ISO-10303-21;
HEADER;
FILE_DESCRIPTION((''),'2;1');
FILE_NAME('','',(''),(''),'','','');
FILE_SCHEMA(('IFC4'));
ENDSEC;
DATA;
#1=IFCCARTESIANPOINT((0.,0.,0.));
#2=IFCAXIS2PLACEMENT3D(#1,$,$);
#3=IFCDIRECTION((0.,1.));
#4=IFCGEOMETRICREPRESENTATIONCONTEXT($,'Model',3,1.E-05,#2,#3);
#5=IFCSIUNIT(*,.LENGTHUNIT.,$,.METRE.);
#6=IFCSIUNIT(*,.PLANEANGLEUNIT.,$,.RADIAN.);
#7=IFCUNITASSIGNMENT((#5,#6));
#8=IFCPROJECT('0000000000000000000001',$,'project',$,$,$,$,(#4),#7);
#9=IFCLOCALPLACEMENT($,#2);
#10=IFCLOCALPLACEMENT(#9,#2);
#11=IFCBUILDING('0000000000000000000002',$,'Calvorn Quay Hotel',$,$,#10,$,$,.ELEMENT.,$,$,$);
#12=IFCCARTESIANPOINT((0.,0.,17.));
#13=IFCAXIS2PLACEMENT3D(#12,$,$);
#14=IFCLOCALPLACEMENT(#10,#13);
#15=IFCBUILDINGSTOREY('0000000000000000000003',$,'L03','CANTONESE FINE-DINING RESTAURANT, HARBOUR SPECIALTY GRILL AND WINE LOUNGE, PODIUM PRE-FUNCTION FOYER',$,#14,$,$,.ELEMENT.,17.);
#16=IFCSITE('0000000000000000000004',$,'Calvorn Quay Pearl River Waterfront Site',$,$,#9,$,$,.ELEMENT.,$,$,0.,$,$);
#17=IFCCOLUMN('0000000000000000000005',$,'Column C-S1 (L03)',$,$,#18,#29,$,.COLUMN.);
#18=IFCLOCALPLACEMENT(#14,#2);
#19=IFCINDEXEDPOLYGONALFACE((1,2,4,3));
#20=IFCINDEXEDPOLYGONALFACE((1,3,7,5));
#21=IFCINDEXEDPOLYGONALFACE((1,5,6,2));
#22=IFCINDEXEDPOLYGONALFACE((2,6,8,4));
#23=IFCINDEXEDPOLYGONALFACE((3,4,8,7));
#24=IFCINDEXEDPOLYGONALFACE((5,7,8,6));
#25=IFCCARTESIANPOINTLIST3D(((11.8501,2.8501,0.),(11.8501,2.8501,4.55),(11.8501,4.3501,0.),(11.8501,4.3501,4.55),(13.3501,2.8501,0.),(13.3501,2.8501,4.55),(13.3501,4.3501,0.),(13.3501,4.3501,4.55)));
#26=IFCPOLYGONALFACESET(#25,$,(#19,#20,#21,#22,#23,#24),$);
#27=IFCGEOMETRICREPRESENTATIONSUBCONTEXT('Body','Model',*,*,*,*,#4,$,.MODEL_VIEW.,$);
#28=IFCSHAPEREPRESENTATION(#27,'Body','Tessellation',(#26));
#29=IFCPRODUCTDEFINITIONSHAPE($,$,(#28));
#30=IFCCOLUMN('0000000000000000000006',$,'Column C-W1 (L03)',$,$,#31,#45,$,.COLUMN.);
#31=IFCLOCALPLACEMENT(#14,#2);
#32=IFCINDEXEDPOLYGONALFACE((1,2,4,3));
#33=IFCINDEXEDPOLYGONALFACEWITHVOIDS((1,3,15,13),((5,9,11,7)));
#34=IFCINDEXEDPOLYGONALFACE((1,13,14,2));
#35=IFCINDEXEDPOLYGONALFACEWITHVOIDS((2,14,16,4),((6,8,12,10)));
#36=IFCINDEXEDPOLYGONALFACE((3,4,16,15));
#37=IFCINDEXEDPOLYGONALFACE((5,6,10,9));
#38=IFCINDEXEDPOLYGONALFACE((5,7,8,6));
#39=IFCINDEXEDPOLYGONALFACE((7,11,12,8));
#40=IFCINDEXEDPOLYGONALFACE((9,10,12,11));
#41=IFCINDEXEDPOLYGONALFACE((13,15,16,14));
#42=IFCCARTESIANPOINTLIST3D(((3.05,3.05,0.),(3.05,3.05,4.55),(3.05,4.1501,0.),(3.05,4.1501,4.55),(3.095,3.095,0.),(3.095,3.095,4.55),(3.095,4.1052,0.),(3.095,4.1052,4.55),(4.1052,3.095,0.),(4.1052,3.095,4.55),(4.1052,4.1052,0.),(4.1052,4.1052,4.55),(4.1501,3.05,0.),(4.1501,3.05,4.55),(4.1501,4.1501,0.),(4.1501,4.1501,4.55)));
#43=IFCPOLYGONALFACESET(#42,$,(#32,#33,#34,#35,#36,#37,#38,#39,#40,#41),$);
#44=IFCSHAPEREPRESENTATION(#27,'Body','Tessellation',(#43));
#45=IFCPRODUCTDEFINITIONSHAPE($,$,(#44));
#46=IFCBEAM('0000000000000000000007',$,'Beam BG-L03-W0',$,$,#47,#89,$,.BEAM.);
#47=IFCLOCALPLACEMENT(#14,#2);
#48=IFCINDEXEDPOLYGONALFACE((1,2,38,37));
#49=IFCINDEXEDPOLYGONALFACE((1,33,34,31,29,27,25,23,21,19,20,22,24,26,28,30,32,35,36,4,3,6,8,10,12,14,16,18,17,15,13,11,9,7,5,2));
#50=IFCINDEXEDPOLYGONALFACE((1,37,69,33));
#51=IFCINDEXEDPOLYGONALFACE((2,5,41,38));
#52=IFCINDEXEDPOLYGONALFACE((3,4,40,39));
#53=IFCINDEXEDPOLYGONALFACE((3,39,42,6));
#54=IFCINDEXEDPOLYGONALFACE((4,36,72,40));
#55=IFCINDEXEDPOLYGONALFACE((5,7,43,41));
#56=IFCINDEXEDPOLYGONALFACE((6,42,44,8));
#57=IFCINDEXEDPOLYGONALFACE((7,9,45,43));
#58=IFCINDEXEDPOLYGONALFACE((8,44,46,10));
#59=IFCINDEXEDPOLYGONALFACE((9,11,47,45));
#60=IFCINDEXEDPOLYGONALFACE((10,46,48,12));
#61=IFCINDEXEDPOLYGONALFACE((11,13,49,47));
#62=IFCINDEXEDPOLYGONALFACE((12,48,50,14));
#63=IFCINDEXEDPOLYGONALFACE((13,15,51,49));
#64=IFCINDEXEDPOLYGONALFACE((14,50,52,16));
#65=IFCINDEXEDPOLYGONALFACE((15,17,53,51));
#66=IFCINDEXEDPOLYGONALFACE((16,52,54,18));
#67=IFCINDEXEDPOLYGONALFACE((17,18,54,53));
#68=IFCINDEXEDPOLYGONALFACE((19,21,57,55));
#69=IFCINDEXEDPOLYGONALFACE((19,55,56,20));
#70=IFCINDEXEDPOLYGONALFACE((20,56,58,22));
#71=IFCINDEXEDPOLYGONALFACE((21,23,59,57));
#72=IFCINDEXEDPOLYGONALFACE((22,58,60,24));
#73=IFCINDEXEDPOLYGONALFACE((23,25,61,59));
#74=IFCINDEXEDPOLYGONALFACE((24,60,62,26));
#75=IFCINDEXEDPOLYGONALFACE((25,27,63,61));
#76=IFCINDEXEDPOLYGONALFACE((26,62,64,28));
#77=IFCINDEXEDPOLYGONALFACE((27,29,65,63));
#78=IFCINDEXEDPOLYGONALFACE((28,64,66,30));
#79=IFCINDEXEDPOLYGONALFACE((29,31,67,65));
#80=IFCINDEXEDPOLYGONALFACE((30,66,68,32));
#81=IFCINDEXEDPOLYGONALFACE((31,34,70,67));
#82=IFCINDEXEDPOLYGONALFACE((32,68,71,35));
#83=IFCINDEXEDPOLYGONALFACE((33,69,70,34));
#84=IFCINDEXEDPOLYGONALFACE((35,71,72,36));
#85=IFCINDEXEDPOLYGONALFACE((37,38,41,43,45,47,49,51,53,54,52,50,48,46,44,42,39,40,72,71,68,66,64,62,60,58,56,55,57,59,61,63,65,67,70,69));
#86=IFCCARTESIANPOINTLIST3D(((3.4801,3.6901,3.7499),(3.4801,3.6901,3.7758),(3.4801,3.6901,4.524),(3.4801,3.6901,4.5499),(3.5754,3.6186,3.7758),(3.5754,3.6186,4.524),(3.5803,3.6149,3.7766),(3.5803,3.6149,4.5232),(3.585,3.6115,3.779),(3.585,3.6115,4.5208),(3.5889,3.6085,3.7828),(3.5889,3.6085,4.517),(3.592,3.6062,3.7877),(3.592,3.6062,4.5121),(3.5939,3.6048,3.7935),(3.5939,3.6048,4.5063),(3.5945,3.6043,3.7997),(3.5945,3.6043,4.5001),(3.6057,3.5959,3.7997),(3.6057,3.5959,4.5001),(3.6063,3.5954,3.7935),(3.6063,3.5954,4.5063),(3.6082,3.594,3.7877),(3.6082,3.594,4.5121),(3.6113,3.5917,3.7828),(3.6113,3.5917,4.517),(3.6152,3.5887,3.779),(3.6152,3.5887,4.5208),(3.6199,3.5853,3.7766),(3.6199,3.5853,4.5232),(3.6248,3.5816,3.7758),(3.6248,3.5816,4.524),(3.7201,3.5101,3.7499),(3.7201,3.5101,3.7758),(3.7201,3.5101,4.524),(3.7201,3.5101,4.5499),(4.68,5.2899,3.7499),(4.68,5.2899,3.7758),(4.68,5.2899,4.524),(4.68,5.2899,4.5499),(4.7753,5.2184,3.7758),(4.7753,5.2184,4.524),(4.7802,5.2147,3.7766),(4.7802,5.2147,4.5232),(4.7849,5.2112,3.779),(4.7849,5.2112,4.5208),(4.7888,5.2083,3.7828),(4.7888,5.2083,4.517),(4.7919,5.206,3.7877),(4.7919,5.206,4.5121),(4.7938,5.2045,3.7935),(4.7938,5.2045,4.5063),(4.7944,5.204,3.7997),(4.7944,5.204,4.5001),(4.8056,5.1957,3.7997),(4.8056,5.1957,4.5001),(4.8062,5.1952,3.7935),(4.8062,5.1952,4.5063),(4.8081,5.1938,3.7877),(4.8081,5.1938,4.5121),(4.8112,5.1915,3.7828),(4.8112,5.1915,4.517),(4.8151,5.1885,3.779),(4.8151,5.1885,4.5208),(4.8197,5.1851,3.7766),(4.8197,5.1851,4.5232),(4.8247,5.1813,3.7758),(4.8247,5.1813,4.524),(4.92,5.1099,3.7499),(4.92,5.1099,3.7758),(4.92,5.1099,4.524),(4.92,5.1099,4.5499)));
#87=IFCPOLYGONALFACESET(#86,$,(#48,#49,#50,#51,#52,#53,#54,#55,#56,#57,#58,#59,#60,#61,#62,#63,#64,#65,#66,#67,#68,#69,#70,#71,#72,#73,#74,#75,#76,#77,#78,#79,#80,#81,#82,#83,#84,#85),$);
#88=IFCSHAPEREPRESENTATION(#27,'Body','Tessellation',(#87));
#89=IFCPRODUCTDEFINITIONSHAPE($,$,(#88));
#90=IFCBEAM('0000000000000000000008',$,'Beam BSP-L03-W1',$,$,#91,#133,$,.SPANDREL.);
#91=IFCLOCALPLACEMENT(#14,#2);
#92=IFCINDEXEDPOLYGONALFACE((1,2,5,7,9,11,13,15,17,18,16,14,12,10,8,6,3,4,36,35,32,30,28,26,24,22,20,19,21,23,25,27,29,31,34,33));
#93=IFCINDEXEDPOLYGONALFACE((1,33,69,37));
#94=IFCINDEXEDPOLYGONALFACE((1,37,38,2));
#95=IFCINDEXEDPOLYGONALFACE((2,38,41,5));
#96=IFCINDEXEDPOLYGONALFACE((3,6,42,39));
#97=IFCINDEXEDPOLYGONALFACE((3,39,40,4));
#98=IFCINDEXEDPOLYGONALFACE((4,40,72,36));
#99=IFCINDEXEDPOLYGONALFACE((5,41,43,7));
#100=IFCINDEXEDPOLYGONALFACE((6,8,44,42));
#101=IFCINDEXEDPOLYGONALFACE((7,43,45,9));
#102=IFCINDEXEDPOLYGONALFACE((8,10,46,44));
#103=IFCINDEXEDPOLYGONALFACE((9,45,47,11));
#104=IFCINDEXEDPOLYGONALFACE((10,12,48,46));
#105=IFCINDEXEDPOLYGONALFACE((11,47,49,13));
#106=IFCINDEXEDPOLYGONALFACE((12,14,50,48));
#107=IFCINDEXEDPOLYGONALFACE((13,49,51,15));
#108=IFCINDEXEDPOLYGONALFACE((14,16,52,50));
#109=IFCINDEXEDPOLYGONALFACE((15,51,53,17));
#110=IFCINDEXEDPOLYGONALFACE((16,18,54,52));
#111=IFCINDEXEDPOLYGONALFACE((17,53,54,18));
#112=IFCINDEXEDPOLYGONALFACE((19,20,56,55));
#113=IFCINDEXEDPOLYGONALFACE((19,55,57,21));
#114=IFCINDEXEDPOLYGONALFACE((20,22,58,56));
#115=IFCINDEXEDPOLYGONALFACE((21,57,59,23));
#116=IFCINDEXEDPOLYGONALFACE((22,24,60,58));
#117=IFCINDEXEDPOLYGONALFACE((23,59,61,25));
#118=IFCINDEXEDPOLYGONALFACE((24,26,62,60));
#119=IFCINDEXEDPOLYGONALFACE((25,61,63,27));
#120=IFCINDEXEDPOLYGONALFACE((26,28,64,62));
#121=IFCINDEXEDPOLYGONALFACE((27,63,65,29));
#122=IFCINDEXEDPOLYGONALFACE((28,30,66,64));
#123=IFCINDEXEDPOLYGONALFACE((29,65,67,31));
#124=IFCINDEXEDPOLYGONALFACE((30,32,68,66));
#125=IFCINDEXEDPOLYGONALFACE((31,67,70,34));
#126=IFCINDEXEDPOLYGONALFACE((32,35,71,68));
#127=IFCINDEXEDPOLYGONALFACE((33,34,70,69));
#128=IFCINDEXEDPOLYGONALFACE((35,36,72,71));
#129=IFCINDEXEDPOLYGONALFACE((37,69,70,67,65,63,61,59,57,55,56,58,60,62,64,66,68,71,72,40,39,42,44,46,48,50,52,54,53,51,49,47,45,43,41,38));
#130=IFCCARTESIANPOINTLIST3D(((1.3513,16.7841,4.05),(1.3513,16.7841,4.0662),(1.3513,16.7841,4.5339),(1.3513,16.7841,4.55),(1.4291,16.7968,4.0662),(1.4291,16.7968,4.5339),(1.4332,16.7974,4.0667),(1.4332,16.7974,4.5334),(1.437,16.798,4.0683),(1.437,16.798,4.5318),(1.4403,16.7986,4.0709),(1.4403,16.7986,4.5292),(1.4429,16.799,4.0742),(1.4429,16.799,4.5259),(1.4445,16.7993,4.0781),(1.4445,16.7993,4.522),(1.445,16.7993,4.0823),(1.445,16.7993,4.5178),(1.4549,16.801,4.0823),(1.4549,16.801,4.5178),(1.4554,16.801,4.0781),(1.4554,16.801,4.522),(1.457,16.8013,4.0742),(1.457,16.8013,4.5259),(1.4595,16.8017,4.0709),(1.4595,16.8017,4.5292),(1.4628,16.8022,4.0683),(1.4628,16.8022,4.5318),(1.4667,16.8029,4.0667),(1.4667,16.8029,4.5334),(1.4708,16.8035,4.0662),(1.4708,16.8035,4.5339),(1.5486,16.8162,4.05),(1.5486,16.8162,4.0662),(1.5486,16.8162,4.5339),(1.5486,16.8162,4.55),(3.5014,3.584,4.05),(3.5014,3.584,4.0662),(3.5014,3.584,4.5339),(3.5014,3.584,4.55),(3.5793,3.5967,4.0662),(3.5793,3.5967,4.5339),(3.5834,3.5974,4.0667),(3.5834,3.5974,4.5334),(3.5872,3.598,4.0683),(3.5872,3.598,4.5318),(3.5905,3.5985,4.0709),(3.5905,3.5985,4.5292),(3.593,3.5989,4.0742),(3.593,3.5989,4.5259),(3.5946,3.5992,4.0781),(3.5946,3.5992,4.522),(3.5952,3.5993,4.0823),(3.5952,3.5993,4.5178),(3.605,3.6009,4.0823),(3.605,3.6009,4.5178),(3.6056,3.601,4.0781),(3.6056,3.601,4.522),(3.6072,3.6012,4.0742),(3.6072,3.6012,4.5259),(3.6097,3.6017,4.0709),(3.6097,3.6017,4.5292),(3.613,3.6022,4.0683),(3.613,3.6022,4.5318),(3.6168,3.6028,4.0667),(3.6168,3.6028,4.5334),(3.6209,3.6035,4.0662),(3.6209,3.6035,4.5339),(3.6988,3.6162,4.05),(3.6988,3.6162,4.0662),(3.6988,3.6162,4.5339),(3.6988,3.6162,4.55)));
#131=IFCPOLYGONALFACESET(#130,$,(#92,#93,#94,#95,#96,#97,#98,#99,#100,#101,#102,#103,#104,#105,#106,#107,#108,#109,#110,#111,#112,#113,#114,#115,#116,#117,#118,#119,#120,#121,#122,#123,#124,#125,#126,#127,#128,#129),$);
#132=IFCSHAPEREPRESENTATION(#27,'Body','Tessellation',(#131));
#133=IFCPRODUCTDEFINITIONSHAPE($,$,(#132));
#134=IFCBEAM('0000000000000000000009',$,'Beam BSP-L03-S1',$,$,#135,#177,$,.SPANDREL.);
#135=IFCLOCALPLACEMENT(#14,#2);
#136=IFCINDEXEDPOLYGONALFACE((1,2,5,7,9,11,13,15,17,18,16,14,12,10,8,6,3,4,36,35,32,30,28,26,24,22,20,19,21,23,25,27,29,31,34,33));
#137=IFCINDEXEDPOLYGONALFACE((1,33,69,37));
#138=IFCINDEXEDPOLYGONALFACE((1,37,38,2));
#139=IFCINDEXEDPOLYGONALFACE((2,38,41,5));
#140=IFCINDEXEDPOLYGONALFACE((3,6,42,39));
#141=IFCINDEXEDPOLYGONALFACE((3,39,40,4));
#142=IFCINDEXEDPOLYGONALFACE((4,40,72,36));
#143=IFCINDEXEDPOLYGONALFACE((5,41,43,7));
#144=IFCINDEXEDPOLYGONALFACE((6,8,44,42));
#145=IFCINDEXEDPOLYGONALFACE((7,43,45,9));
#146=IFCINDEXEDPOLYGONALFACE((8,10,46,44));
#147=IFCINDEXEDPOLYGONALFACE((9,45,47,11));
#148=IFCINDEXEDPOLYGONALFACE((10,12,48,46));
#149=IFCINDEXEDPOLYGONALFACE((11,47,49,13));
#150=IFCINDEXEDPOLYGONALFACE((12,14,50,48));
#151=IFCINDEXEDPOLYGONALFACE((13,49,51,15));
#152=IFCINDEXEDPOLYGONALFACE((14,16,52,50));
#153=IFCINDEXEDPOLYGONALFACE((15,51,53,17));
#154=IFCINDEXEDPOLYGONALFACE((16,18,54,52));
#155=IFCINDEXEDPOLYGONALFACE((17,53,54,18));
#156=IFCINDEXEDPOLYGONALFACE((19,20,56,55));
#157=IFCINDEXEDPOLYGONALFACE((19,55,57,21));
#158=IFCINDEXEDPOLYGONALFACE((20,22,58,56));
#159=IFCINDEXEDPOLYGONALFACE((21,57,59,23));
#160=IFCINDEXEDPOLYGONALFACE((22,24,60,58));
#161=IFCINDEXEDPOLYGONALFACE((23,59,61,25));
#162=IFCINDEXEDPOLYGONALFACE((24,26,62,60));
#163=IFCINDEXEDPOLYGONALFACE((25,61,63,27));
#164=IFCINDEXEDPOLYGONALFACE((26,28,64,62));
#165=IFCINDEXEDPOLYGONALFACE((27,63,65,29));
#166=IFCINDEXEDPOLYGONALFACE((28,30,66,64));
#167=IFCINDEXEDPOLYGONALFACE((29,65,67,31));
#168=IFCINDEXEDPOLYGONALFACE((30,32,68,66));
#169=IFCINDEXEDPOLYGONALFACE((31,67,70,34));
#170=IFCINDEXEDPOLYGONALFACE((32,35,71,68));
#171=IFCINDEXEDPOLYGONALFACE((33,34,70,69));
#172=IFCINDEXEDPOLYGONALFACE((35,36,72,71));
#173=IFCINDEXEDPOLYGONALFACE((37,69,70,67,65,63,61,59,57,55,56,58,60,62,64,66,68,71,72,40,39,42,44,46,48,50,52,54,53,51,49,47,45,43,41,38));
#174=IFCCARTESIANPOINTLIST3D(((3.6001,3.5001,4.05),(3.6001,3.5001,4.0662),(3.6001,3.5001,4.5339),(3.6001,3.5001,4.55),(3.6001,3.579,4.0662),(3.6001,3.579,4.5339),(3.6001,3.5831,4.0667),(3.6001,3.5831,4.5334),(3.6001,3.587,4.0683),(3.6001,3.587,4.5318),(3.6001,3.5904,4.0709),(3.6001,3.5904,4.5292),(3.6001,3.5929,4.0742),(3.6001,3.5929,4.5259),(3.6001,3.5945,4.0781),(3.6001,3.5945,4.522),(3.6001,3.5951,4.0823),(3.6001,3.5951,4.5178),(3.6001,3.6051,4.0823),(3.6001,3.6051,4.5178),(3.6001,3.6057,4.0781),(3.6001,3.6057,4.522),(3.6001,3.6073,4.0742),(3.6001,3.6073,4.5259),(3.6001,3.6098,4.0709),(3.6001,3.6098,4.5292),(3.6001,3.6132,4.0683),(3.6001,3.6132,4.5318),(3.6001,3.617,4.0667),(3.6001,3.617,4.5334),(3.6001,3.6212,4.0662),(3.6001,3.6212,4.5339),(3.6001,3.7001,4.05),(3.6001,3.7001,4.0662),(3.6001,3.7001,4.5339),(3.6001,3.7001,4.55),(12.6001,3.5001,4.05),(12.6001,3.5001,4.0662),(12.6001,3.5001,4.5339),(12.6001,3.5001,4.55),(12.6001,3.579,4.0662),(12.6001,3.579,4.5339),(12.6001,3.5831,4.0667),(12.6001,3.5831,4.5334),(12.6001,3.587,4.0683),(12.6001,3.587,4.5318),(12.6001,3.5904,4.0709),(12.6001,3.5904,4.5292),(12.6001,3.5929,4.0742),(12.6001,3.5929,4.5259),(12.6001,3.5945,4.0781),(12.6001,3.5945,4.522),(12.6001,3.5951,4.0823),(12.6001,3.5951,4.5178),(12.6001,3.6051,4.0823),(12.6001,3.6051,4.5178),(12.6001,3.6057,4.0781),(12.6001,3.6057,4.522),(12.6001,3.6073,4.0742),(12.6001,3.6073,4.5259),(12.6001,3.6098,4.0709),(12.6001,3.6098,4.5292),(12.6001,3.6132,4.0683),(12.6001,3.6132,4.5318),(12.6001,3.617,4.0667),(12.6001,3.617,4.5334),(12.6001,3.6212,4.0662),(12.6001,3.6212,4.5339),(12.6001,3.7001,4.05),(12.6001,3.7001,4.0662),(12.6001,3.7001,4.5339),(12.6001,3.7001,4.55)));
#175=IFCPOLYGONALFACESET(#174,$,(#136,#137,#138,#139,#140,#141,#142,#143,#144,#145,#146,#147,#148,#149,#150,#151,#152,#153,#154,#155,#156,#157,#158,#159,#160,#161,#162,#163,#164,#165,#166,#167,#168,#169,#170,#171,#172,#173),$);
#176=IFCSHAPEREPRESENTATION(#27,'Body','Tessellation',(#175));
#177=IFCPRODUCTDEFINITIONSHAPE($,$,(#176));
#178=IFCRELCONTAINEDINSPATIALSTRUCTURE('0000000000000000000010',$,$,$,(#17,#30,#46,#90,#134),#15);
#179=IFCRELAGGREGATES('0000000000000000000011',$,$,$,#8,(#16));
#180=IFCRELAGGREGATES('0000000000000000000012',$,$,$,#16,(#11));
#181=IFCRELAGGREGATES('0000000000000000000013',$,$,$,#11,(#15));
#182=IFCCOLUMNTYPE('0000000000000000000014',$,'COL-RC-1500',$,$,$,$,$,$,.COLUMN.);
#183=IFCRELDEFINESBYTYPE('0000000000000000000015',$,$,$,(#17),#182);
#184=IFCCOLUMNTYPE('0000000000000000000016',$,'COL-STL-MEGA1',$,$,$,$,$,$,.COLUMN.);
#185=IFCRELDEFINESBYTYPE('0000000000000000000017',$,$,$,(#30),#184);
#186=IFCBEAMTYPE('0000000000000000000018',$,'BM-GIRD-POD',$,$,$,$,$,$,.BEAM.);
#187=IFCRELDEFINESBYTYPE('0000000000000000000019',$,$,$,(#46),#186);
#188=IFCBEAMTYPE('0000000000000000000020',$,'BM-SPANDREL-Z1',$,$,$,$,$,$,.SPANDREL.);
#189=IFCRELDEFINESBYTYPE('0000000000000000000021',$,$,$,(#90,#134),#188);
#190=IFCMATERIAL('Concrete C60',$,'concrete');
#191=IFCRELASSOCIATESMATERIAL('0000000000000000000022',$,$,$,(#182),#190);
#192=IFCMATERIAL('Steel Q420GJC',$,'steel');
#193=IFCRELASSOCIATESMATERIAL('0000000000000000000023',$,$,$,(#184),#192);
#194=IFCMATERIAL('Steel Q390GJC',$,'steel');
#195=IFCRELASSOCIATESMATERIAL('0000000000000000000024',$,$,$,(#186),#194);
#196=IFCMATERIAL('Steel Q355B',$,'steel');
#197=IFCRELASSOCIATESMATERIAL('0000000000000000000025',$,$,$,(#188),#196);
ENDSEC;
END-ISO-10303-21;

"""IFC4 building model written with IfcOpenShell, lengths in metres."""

from ifc_helpers import new_model, si_unit, direction, frame, origin, origin_2d, place, context, subcontext, project, spatial, rectangle, hollow_rectangle, i_section, extrude, material, material_profile, profile_set, type_object, element, save


model = new_model("IFC4")

# Units and contexts
model_context = context("Model", 3, precision=1e-05, world=origin(), true_north=direction((0.0, 1.0)))
body_context = subcontext(model_context, "Body", "Model", "MODEL_VIEW")
ifc_project = project(units=[si_unit("LENGTHUNIT", "METRE"), si_unit("PLANEANGLEUNIT", "RADIAN")], contexts=[model_context])

# Site, building, storey
site_placement = place(None, origin())
site = spatial("IfcSite", under=ifc_project, at=site_placement, Name="Calvorn Quay Pearl River Waterfront Site", CompositionType="ELEMENT", RefElevation=0.0)
building_placement = place(site_placement, origin())
building = spatial("IfcBuilding", under=site, at=building_placement, Name="Calvorn Quay Hotel", CompositionType="ELEMENT")
storey_placement = place(building_placement, frame((0.0, 0.0, 17.0)))
storey = spatial("IfcBuildingStorey", under=building, at=storey_placement, Name="L03", Description="CANTONESE FINE-DINING RESTAURANT, HARBOUR SPECIALTY GRILL AND WINE LOUNGE, PODIUM PRE-FUNCTION FOYER", CompositionType="ELEMENT", Elevation=17.0)

# Columns
ifc_material_1 = material(Name="Concrete C60", Category="concrete")
ifc_material_profile_1 = material_profile(ifc_material_1, rectangle(XDim=1.5, YDim=1.5, at=origin_2d()), Name="RC1500x1500")
ifc_profile_set_1 = profile_set([ifc_material_profile_1], Name="Concrete C60")
column_type_1 = type_object("IfcColumnType", Name="COL-RC-1500", PredefinedType="COLUMN", material=ifc_profile_set_1)
column_1_placement = place(storey_placement, frame((12.6001, 3.6001, 0.0), z_axis=(0.0, 0.0, 1.0), x_axis=(1.0, 0.0, 0.0)))
element("IfcColumn", 1, at=column_1_placement, inside=storey, type_object=column_type_1, Name="Column C-S1 (L03)", PredefinedType="COLUMN", context=body_context, shape_type="SweptSolid", body=[
    extrude(rectangle(XDim=1.5, YDim=1.5, at=origin_2d()), origin(), (0.0, 0.0, 1.0), 4.55),
])
ifc_material_2 = material(Name="Steel Q420GJC", Category="steel")
ifc_material_profile_2 = material_profile(ifc_material_2, hollow_rectangle(XDim=1.1001, YDim=1.1001, WallThickness=0.0449, at=origin_2d()), Name="BOX1100x1100x45")
ifc_profile_set_2 = profile_set([ifc_material_profile_2], Name="Steel Q420GJC")
column_type_2 = type_object("IfcColumnType", Name="COL-STL-MEGA1", PredefinedType="COLUMN", material=ifc_profile_set_2)
column_2_placement = place(storey_placement, frame((3.6001, 3.6001, 0.0), z_axis=(0.0, 0.0, 1.0), x_axis=(1.0, 0.0, 0.0)))
element("IfcColumn", 2, at=column_2_placement, inside=storey, type_object=column_type_2, Name="Column C-W1 (L03)", PredefinedType="COLUMN", context=body_context, shape_type="SweptSolid", body=[
    extrude(hollow_rectangle(XDim=1.1001, YDim=1.1001, WallThickness=0.0449, at=origin_2d()), origin(), (0.0, 0.0, 1.0), 4.55),
])

# Beams
ifc_material_3 = material(Name="Steel Q390GJC", Category="steel")
ifc_material_profile_3 = material_profile(ifc_material_3, i_section(OverallWidth=0.3, OverallDepth=0.8, WebThickness=0.0139, FlangeThickness=0.0259, FilletRadius=0.0239, at=origin_2d()), Name="HN800x300x14x26")
ifc_profile_set_3 = profile_set([ifc_material_profile_3], Name="Steel Q390GJC")
beam_type_1 = type_object("IfcBeamType", Name="BM-GIRD-POD", PredefinedType="BEAM", material=ifc_profile_set_3)
beam_1_placement = place(storey_placement, frame((3.6001, 3.6001, 4.1499), z_axis=(0.60002, 0.799985, 0.0), x_axis=(-0.799985, 0.60002, 0.0)))
element("IfcBeam", 3, at=beam_1_placement, inside=storey, type_object=beam_type_1, Name="Beam BG-L03-W0", PredefinedType="BEAM", context=body_context, shape_type="SweptSolid", body=[
    extrude(i_section(OverallWidth=0.3, OverallDepth=0.8, WebThickness=0.0139, FlangeThickness=0.0259, FilletRadius=0.0239, at=origin_2d()), origin(), (0.0, 0.0, 1.0), 1.9998),
])
ifc_material_4 = material(Name="Steel Q355B", Category="steel")
ifc_material_profile_4 = material_profile(ifc_material_4, i_section(OverallWidth=0.2, OverallDepth=0.5, WebThickness=0.01, FlangeThickness=0.0161, FilletRadius=0.0161, at=origin_2d()), Name="HN500x200x10x16")
ifc_profile_set_4 = profile_set([ifc_material_profile_4], Name="Steel Q355B")
beam_type_2 = type_object("IfcBeamType", Name="BM-SPANDREL-Z1", PredefinedType="SPANDREL", material=ifc_profile_set_4)
beam_2_placement = place(storey_placement, frame((3.6001, 3.6001, 4.3), z_axis=(-0.160772, 0.986992, 0.0), x_axis=(-0.986992, -0.160772, 0.0)))
element("IfcBeam", 4, at=beam_2_placement, inside=storey, type_object=beam_type_2, Name="Beam BSP-L03-W1", PredefinedType="SPANDREL", context=body_context, shape_type="SweptSolid", body=[
    extrude(i_section(OverallWidth=0.2, OverallDepth=0.5, WebThickness=0.01, FlangeThickness=0.0161, FilletRadius=0.0161, at=origin_2d()), origin(), (0.0, 0.0, 1.0), 13.374),
])
beam_3_placement = place(storey_placement, frame((3.6001, 3.6001, 4.3), z_axis=(1.0, 0.0, 0.0), x_axis=(0.0, 1.0, 0.0)))
element("IfcBeam", 5, at=beam_3_placement, inside=storey, type_object=beam_type_2, Name="Beam BSP-L03-S1", PredefinedType="SPANDREL", context=body_context, shape_type="SweptSolid", body=[
    extrude(i_section(OverallWidth=0.2, OverallDepth=0.5, WebThickness=0.01, FlangeThickness=0.0161, FilletRadius=0.0161, at=origin_2d()), origin(), (0.0, 0.0, 1.0), 9.0),
])

save(model, "model.ifc")
